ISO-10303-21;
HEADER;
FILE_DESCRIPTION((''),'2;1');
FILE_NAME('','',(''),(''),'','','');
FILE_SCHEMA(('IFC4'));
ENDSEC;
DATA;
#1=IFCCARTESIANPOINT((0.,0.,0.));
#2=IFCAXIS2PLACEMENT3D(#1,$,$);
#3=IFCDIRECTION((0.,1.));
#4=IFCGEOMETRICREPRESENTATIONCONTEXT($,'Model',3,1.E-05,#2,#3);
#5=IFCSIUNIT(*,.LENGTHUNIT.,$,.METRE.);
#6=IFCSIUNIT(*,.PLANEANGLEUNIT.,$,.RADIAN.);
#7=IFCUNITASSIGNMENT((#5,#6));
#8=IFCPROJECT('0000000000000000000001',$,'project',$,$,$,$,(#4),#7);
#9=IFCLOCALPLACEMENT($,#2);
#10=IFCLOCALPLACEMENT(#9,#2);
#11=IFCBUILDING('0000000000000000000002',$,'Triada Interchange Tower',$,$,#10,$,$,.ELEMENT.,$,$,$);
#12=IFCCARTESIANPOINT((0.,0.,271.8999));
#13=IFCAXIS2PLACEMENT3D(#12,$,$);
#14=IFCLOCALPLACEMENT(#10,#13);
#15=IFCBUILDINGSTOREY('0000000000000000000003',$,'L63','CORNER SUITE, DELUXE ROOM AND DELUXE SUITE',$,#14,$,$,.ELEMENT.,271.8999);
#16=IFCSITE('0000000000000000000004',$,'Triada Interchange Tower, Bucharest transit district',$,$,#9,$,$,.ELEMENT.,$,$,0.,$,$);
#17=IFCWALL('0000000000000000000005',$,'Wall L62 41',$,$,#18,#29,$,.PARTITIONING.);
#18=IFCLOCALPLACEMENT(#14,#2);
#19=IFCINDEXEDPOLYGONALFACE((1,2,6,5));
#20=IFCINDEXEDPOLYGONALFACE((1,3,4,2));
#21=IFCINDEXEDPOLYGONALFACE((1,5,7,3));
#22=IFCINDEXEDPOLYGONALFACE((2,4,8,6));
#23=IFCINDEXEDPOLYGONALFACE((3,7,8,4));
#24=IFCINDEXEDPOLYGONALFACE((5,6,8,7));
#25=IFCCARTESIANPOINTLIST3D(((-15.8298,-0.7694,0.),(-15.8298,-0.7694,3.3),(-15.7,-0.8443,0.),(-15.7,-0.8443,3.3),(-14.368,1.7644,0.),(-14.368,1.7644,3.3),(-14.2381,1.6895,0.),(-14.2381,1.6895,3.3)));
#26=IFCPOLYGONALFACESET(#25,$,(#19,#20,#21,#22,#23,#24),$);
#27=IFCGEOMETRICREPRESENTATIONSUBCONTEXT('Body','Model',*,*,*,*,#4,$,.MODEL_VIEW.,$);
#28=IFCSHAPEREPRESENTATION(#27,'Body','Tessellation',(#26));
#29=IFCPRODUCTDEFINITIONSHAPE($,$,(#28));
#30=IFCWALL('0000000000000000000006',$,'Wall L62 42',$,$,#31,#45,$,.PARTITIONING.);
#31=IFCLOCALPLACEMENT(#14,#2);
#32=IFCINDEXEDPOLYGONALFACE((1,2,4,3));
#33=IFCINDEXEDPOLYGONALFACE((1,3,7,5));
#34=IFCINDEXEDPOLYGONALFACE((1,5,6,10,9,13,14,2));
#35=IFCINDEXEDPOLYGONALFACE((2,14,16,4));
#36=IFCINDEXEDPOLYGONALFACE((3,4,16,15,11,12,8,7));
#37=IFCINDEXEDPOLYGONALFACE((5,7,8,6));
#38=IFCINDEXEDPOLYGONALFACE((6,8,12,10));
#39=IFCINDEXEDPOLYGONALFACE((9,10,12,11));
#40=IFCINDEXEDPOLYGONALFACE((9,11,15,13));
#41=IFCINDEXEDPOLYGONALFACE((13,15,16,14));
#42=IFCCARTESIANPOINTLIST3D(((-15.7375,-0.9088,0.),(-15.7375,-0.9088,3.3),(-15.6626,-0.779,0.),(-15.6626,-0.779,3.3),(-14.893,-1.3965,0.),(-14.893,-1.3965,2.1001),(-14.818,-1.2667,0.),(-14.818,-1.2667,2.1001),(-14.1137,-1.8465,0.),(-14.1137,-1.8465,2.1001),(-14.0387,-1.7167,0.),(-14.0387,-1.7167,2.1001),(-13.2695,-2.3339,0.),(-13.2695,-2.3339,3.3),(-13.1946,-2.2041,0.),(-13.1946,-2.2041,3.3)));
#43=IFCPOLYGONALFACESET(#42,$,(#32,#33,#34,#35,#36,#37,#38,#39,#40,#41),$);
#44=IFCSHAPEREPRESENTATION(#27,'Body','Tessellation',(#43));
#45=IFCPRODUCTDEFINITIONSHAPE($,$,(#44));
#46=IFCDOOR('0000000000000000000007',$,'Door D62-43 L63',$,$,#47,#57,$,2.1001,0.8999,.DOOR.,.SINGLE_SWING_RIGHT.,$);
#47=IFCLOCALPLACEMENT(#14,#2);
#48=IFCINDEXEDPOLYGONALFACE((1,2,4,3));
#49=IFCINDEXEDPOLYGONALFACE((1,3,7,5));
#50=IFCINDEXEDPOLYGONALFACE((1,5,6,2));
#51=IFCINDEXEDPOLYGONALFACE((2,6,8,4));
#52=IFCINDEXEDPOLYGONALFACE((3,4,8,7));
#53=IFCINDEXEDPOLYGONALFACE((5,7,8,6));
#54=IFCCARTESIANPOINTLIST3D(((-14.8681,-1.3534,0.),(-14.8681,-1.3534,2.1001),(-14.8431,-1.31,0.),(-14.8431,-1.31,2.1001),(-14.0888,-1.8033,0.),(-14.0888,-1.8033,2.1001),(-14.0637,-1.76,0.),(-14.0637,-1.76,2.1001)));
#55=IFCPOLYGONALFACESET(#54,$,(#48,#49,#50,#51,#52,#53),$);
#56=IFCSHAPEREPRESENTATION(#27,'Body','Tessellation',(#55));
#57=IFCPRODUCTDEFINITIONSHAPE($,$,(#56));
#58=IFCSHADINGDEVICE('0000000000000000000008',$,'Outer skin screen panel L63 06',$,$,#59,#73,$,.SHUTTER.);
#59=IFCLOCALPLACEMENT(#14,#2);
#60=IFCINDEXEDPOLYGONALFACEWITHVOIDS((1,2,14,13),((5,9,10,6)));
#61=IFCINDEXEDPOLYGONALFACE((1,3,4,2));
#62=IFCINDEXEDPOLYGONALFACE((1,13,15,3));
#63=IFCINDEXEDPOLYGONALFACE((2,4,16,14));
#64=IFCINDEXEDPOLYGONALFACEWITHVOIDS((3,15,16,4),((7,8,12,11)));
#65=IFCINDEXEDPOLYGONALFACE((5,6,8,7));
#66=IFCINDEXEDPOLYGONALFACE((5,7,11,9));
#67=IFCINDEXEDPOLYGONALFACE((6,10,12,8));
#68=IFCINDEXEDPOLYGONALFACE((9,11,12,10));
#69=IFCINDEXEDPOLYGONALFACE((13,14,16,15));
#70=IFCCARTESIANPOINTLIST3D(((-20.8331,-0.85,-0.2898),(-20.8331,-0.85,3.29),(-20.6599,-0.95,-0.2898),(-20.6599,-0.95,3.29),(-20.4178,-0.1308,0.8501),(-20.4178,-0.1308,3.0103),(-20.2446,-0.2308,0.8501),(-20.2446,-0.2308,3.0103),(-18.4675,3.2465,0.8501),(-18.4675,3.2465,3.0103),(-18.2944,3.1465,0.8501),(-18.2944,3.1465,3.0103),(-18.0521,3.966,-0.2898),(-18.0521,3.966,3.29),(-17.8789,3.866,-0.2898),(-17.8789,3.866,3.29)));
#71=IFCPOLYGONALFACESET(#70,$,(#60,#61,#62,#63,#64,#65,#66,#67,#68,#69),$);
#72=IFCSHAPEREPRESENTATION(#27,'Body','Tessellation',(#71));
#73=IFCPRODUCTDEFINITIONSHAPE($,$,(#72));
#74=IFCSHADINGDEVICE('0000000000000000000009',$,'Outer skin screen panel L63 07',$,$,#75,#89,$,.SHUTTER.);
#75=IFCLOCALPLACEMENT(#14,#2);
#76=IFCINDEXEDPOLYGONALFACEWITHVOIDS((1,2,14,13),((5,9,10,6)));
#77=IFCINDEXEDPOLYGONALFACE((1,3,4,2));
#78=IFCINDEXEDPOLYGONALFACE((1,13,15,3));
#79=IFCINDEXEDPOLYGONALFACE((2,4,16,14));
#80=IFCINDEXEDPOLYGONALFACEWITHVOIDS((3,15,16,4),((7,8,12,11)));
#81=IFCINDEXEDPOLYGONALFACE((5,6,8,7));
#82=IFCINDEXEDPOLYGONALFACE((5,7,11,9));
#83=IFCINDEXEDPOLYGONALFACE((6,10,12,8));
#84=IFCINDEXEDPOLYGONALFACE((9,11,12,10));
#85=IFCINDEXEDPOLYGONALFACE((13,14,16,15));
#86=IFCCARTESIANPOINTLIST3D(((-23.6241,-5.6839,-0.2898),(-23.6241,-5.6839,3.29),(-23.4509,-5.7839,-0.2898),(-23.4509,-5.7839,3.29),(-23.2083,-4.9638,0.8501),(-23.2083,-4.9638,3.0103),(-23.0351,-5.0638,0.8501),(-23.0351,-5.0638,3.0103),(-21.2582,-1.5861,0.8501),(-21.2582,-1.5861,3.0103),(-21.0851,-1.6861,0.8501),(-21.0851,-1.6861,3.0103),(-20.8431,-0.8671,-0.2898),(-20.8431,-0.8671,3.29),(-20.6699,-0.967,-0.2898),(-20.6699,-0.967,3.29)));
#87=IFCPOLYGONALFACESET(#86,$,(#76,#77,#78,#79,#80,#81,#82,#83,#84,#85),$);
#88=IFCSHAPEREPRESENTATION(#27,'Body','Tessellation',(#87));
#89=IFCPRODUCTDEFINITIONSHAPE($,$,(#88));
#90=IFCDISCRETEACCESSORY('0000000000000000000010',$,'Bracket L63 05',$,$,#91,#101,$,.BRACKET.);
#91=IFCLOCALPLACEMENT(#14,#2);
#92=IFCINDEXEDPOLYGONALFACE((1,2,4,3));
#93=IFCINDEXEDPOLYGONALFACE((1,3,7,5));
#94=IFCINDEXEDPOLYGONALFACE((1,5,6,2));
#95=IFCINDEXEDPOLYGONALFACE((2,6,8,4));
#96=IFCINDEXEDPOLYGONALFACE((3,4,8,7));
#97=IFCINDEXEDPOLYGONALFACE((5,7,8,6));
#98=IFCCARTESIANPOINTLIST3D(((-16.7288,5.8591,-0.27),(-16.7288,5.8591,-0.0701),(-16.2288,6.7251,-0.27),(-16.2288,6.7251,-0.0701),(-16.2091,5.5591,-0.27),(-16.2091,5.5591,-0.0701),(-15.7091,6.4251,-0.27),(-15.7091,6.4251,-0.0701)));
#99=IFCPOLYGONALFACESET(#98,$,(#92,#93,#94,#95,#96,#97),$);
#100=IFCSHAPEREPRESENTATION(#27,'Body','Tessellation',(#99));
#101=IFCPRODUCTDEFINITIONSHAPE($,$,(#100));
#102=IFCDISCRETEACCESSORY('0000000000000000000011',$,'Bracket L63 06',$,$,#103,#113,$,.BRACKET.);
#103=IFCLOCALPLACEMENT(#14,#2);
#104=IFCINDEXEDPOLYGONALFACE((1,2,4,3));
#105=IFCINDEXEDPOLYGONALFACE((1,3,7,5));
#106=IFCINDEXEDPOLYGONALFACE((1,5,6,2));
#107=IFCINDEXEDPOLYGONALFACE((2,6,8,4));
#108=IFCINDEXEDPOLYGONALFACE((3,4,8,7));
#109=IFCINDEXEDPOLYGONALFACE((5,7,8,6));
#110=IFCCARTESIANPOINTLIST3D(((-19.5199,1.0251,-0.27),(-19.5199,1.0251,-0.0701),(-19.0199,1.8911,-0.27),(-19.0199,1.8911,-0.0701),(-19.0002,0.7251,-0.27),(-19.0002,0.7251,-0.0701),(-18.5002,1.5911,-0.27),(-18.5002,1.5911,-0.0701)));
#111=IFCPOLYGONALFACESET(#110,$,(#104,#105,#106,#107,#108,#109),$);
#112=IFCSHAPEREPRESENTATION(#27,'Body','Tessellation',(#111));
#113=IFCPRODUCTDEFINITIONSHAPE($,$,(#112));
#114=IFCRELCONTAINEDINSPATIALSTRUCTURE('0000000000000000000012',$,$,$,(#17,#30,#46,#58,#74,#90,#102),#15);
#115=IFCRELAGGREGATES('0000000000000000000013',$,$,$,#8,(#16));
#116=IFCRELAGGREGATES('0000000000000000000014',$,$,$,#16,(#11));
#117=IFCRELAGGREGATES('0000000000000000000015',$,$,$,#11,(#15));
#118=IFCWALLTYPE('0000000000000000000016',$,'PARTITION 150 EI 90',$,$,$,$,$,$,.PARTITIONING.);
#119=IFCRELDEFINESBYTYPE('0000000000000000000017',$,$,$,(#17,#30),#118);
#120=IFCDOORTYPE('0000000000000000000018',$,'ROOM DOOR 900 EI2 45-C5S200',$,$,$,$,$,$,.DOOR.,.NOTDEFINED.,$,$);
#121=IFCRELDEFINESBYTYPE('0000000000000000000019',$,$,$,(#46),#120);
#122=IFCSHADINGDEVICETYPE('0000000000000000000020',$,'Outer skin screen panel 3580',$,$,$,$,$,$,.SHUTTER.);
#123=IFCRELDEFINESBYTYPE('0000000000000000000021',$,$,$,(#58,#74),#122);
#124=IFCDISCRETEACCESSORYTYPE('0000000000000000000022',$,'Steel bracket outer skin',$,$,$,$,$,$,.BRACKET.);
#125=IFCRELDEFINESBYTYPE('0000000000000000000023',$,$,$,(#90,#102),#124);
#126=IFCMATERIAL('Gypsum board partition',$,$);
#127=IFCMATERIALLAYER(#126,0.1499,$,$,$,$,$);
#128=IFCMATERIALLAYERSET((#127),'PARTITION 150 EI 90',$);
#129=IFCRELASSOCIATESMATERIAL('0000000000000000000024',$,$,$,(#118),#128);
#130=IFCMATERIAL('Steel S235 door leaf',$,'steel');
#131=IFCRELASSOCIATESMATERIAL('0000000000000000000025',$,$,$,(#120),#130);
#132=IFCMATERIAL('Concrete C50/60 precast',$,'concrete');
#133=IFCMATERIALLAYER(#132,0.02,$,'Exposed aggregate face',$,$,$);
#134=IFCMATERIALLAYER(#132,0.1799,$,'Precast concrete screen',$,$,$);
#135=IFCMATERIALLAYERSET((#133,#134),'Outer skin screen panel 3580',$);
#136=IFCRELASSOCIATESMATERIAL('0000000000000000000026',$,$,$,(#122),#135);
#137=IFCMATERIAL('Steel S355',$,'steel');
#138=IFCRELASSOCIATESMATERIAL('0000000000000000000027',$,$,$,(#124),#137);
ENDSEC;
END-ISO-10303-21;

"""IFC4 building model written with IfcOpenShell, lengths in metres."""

from ifc_helpers import new_model, si_unit, direction, frame, frame_2d, origin, origin_2d, place, context, subcontext, project, spatial, polyline, rectangle, outline, extrude, material, layer, layer_set, type_object, element, fill, save


model = new_model("IFC4")

# Units and contexts
model_context = context("Model", 3, precision=1e-05, world=origin(), true_north=direction((0.0, 1.0)))
body_context = subcontext(model_context, "Body", "Model", "MODEL_VIEW")
ifc_project = project(units=[si_unit("LENGTHUNIT", "METRE"), si_unit("PLANEANGLEUNIT", "RADIAN")], contexts=[model_context])

# Site, building, storey
site_placement = place(None, origin())
site = spatial("IfcSite", under=ifc_project, at=site_placement, Name="Triada Interchange Tower, Bucharest transit district", CompositionType="ELEMENT", RefElevation=0.0)
building_placement = place(site_placement, origin())
building = spatial("IfcBuilding", under=site, at=building_placement, Name="Triada Interchange Tower", CompositionType="ELEMENT")
storey_placement = place(building_placement, frame((0.0, 0.0, 271.8999)))
storey = spatial("IfcBuildingStorey", under=building, at=storey_placement, Name="L63", Description="CORNER SUITE, DELUXE ROOM AND DELUXE SUITE", CompositionType="ELEMENT", Elevation=271.8999)

# Shared definitions
ifc_material_1 = material(Name="Gypsum board partition")

# Shared definitions
ifc_layer_1 = layer(ifc_material_1, 0.1499)
ifc_layer_set_1 = layer_set([ifc_layer_1], Name="PARTITION 150 EI 90")
wall_type_1 = type_object("IfcWallType", Name="PARTITION 150 EI 90", PredefinedType="PARTITIONING", material=ifc_layer_set_1)
ifc_material_2 = material(Name="Steel S235 door leaf", Category="steel")
door_type = type_object("IfcDoorType", Name="ROOM DOOR 900 EI2 45-C5S200", OperationType="NOTDEFINED", PredefinedType="DOOR", material=ifc_material_2)

# Wall
wall_1_placement = place(storey_placement, frame((-15.7649, -0.8069, 0.0), z_axis=(0.0, 0.0, 1.0), x_axis=(0.49973, 0.866181, 0.0)))
element("IfcWall", 1, at=wall_1_placement, inside=storey, type_object=wall_type_1, Name="Wall L62 41", PredefinedType="PARTITIONING", context=body_context, shape_type="SweptSolid", body=[
    extrude(rectangle(XDim=2.9253, YDim=0.1499, at=frame_2d((1.4626, 0.0))), origin(), (0.0, 0.0, 1.0), 3.3),
])

# Wall, opening, door
wall_2_placement = place(storey_placement, frame((-15.7, -0.844, 0.0), z_axis=(0.0, 0.0, 1.0), x_axis=(0.866004, -0.500036, 0.0)))
wall_2 = element("IfcWall", 2, at=wall_2_placement, inside=storey, type_object=wall_type_1, Name="Wall L62 42", PredefinedType="PARTITIONING", context=body_context, shape_type="SweptSolid", body=[
    extrude(rectangle(XDim=2.8499, YDim=0.1499, at=frame_2d((1.4248, 0.0))), origin(), (0.0, 0.0, 1.0), 3.3),
])
opening_1_placement = place(wall_2_placement, frame((0.9751, 0.0, 0.0)))
opening_1 = element("IfcOpeningElement", 3, at=opening_1_placement, cuts=wall_2, PredefinedType="OPENING", context=body_context, shape_type="SweptSolid", body=[
    extrude(rectangle(XDim=0.8999, YDim=2.1001, at=frame_2d((0.45, 1.05))), frame((0.0, 0.085, 0.0), z_axis=(0.0, -1.0, 0.0), x_axis=(1.0, 0.0, 0.0)), (0.0, 0.0, 1.0), 0.1699),
])
door_1_placement = place(opening_1_placement, origin())
door_1 = element("IfcDoor", 4, at=door_1_placement, inside=storey, type_object=door_type, Name="Door D62-43 L63", OperationType="SINGLE_SWING_RIGHT", OverallHeight=2.1001, OverallWidth=0.8999, PredefinedType="DOOR", context=body_context, shape_type="SweptSolid", body=[
    extrude(rectangle(XDim=0.8999, YDim=2.1001, at=frame_2d((0.45, 1.05))), frame((0.0, 0.0249, 0.0), z_axis=(0.0, -1.0, 0.0), x_axis=(1.0, 0.0, 0.0)), (0.0, 0.0, 1.0), 0.05),
])
fill(opening_1, door_1)

# Shading devices
ifc_material_3 = material(Name="Concrete C50/60 precast", Category="concrete")
ifc_layer_2 = layer(ifc_material_3, 0.02, Name="Exposed aggregate face")
ifc_layer_3 = layer(ifc_material_3, 0.1799, Name="Precast concrete screen")
ifc_layer_set_2 = layer_set([ifc_layer_2, ifc_layer_3], Name="Outer skin screen panel 3580")
shading_device_type = type_object("IfcShadingDeviceType", Name="Outer skin screen panel 3580", PredefinedType="SHUTTER", material=ifc_layer_set_2)
shading_device_1_placement = place(storey_placement, frame((-17.8789, 3.866, -0.2898), z_axis=(0.0, 0.0, 1.0), x_axis=(-0.500072, -0.865984, 0.0)))
element("IfcShadingDevice", 5, at=shading_device_1_placement, inside=storey, type_object=shading_device_type, Name="Outer skin screen panel L63 06", PredefinedType="SHUTTER", context=body_context, shape_type="SweptSolid", body=[
    extrude(outline(polyline([(0.0, 0.0), (5.5613, 0.0), (5.5613, 3.5798), (0.0, 3.5798), (0.0, 0.0)]), holes=[polyline([(0.8308, 1.1399), (0.8308, 3.3), (4.7307, 3.3), (4.7307, 1.1399), (0.8308, 1.1399)])]), frame((0.0, 0.0, 0.0), z_axis=(0.0, -1.0, 0.0), x_axis=(1.0, 0.0, 0.0)), (0.0, 0.0, 1.0), 0.2),
])
shading_device_2_placement = place(storey_placement, frame((-20.6699, -0.967, -0.2898), z_axis=(0.0, 0.0, 1.0), x_axis=(-0.499996, -0.866028, 0.0)))
element("IfcShadingDevice", 6, at=shading_device_2_placement, inside=storey, type_object=shading_device_type, Name="Outer skin screen panel L63 07", PredefinedType="SHUTTER", context=body_context, shape_type="SweptSolid", body=[
    extrude(outline(polyline([(0.0, 0.0), (5.562, 0.0), (5.562, 3.5798), (0.0, 3.5798), (0.0, 0.0)]), holes=[polyline([(0.8303, 1.1399), (0.8303, 3.3), (4.7305, 3.3), (4.7305, 1.1399), (0.8303, 1.1399)])]), frame((0.0, 0.0, 0.0), z_axis=(0.0, -1.0, 0.0), x_axis=(1.0, 0.0, 0.0)), (0.0, 0.0, 1.0), 0.2),
])

# Discrete accessories
ifc_material_4 = material(Name="Steel S355", Category="steel")
discrete_accessory_type = type_object("IfcDiscreteAccessoryType", Name="Steel bracket outer skin", PredefinedType="BRACKET", material=ifc_material_4)
for number, where, z_axis, x_axis, name in (
    (7, (-16.219, 6.1421, -0.27), (0.0, 0.0, 1.0), (-0.866029, 0.499994, 0.0), "Bracket L63 05"),
    (8, (-19.01, 1.3081, -0.27), (0.0, 0.0, 1.0), (-0.866029, 0.499994, 0.0), "Bracket L63 06"),
):
    element("IfcDiscreteAccessory", number, at=place(storey_placement, frame(where, z_axis=z_axis, x_axis=x_axis)), inside=storey, type_object=discrete_accessory_type, Name=name, PredefinedType="BRACKET", context=body_context, shape_type="SweptSolid", body=[
        extrude(rectangle(XDim=0.6001, YDim=1.0, at=origin_2d()), origin(), (0.0, 0.0, 1.0), 0.2),
    ])

save(model, "model.ifc")
